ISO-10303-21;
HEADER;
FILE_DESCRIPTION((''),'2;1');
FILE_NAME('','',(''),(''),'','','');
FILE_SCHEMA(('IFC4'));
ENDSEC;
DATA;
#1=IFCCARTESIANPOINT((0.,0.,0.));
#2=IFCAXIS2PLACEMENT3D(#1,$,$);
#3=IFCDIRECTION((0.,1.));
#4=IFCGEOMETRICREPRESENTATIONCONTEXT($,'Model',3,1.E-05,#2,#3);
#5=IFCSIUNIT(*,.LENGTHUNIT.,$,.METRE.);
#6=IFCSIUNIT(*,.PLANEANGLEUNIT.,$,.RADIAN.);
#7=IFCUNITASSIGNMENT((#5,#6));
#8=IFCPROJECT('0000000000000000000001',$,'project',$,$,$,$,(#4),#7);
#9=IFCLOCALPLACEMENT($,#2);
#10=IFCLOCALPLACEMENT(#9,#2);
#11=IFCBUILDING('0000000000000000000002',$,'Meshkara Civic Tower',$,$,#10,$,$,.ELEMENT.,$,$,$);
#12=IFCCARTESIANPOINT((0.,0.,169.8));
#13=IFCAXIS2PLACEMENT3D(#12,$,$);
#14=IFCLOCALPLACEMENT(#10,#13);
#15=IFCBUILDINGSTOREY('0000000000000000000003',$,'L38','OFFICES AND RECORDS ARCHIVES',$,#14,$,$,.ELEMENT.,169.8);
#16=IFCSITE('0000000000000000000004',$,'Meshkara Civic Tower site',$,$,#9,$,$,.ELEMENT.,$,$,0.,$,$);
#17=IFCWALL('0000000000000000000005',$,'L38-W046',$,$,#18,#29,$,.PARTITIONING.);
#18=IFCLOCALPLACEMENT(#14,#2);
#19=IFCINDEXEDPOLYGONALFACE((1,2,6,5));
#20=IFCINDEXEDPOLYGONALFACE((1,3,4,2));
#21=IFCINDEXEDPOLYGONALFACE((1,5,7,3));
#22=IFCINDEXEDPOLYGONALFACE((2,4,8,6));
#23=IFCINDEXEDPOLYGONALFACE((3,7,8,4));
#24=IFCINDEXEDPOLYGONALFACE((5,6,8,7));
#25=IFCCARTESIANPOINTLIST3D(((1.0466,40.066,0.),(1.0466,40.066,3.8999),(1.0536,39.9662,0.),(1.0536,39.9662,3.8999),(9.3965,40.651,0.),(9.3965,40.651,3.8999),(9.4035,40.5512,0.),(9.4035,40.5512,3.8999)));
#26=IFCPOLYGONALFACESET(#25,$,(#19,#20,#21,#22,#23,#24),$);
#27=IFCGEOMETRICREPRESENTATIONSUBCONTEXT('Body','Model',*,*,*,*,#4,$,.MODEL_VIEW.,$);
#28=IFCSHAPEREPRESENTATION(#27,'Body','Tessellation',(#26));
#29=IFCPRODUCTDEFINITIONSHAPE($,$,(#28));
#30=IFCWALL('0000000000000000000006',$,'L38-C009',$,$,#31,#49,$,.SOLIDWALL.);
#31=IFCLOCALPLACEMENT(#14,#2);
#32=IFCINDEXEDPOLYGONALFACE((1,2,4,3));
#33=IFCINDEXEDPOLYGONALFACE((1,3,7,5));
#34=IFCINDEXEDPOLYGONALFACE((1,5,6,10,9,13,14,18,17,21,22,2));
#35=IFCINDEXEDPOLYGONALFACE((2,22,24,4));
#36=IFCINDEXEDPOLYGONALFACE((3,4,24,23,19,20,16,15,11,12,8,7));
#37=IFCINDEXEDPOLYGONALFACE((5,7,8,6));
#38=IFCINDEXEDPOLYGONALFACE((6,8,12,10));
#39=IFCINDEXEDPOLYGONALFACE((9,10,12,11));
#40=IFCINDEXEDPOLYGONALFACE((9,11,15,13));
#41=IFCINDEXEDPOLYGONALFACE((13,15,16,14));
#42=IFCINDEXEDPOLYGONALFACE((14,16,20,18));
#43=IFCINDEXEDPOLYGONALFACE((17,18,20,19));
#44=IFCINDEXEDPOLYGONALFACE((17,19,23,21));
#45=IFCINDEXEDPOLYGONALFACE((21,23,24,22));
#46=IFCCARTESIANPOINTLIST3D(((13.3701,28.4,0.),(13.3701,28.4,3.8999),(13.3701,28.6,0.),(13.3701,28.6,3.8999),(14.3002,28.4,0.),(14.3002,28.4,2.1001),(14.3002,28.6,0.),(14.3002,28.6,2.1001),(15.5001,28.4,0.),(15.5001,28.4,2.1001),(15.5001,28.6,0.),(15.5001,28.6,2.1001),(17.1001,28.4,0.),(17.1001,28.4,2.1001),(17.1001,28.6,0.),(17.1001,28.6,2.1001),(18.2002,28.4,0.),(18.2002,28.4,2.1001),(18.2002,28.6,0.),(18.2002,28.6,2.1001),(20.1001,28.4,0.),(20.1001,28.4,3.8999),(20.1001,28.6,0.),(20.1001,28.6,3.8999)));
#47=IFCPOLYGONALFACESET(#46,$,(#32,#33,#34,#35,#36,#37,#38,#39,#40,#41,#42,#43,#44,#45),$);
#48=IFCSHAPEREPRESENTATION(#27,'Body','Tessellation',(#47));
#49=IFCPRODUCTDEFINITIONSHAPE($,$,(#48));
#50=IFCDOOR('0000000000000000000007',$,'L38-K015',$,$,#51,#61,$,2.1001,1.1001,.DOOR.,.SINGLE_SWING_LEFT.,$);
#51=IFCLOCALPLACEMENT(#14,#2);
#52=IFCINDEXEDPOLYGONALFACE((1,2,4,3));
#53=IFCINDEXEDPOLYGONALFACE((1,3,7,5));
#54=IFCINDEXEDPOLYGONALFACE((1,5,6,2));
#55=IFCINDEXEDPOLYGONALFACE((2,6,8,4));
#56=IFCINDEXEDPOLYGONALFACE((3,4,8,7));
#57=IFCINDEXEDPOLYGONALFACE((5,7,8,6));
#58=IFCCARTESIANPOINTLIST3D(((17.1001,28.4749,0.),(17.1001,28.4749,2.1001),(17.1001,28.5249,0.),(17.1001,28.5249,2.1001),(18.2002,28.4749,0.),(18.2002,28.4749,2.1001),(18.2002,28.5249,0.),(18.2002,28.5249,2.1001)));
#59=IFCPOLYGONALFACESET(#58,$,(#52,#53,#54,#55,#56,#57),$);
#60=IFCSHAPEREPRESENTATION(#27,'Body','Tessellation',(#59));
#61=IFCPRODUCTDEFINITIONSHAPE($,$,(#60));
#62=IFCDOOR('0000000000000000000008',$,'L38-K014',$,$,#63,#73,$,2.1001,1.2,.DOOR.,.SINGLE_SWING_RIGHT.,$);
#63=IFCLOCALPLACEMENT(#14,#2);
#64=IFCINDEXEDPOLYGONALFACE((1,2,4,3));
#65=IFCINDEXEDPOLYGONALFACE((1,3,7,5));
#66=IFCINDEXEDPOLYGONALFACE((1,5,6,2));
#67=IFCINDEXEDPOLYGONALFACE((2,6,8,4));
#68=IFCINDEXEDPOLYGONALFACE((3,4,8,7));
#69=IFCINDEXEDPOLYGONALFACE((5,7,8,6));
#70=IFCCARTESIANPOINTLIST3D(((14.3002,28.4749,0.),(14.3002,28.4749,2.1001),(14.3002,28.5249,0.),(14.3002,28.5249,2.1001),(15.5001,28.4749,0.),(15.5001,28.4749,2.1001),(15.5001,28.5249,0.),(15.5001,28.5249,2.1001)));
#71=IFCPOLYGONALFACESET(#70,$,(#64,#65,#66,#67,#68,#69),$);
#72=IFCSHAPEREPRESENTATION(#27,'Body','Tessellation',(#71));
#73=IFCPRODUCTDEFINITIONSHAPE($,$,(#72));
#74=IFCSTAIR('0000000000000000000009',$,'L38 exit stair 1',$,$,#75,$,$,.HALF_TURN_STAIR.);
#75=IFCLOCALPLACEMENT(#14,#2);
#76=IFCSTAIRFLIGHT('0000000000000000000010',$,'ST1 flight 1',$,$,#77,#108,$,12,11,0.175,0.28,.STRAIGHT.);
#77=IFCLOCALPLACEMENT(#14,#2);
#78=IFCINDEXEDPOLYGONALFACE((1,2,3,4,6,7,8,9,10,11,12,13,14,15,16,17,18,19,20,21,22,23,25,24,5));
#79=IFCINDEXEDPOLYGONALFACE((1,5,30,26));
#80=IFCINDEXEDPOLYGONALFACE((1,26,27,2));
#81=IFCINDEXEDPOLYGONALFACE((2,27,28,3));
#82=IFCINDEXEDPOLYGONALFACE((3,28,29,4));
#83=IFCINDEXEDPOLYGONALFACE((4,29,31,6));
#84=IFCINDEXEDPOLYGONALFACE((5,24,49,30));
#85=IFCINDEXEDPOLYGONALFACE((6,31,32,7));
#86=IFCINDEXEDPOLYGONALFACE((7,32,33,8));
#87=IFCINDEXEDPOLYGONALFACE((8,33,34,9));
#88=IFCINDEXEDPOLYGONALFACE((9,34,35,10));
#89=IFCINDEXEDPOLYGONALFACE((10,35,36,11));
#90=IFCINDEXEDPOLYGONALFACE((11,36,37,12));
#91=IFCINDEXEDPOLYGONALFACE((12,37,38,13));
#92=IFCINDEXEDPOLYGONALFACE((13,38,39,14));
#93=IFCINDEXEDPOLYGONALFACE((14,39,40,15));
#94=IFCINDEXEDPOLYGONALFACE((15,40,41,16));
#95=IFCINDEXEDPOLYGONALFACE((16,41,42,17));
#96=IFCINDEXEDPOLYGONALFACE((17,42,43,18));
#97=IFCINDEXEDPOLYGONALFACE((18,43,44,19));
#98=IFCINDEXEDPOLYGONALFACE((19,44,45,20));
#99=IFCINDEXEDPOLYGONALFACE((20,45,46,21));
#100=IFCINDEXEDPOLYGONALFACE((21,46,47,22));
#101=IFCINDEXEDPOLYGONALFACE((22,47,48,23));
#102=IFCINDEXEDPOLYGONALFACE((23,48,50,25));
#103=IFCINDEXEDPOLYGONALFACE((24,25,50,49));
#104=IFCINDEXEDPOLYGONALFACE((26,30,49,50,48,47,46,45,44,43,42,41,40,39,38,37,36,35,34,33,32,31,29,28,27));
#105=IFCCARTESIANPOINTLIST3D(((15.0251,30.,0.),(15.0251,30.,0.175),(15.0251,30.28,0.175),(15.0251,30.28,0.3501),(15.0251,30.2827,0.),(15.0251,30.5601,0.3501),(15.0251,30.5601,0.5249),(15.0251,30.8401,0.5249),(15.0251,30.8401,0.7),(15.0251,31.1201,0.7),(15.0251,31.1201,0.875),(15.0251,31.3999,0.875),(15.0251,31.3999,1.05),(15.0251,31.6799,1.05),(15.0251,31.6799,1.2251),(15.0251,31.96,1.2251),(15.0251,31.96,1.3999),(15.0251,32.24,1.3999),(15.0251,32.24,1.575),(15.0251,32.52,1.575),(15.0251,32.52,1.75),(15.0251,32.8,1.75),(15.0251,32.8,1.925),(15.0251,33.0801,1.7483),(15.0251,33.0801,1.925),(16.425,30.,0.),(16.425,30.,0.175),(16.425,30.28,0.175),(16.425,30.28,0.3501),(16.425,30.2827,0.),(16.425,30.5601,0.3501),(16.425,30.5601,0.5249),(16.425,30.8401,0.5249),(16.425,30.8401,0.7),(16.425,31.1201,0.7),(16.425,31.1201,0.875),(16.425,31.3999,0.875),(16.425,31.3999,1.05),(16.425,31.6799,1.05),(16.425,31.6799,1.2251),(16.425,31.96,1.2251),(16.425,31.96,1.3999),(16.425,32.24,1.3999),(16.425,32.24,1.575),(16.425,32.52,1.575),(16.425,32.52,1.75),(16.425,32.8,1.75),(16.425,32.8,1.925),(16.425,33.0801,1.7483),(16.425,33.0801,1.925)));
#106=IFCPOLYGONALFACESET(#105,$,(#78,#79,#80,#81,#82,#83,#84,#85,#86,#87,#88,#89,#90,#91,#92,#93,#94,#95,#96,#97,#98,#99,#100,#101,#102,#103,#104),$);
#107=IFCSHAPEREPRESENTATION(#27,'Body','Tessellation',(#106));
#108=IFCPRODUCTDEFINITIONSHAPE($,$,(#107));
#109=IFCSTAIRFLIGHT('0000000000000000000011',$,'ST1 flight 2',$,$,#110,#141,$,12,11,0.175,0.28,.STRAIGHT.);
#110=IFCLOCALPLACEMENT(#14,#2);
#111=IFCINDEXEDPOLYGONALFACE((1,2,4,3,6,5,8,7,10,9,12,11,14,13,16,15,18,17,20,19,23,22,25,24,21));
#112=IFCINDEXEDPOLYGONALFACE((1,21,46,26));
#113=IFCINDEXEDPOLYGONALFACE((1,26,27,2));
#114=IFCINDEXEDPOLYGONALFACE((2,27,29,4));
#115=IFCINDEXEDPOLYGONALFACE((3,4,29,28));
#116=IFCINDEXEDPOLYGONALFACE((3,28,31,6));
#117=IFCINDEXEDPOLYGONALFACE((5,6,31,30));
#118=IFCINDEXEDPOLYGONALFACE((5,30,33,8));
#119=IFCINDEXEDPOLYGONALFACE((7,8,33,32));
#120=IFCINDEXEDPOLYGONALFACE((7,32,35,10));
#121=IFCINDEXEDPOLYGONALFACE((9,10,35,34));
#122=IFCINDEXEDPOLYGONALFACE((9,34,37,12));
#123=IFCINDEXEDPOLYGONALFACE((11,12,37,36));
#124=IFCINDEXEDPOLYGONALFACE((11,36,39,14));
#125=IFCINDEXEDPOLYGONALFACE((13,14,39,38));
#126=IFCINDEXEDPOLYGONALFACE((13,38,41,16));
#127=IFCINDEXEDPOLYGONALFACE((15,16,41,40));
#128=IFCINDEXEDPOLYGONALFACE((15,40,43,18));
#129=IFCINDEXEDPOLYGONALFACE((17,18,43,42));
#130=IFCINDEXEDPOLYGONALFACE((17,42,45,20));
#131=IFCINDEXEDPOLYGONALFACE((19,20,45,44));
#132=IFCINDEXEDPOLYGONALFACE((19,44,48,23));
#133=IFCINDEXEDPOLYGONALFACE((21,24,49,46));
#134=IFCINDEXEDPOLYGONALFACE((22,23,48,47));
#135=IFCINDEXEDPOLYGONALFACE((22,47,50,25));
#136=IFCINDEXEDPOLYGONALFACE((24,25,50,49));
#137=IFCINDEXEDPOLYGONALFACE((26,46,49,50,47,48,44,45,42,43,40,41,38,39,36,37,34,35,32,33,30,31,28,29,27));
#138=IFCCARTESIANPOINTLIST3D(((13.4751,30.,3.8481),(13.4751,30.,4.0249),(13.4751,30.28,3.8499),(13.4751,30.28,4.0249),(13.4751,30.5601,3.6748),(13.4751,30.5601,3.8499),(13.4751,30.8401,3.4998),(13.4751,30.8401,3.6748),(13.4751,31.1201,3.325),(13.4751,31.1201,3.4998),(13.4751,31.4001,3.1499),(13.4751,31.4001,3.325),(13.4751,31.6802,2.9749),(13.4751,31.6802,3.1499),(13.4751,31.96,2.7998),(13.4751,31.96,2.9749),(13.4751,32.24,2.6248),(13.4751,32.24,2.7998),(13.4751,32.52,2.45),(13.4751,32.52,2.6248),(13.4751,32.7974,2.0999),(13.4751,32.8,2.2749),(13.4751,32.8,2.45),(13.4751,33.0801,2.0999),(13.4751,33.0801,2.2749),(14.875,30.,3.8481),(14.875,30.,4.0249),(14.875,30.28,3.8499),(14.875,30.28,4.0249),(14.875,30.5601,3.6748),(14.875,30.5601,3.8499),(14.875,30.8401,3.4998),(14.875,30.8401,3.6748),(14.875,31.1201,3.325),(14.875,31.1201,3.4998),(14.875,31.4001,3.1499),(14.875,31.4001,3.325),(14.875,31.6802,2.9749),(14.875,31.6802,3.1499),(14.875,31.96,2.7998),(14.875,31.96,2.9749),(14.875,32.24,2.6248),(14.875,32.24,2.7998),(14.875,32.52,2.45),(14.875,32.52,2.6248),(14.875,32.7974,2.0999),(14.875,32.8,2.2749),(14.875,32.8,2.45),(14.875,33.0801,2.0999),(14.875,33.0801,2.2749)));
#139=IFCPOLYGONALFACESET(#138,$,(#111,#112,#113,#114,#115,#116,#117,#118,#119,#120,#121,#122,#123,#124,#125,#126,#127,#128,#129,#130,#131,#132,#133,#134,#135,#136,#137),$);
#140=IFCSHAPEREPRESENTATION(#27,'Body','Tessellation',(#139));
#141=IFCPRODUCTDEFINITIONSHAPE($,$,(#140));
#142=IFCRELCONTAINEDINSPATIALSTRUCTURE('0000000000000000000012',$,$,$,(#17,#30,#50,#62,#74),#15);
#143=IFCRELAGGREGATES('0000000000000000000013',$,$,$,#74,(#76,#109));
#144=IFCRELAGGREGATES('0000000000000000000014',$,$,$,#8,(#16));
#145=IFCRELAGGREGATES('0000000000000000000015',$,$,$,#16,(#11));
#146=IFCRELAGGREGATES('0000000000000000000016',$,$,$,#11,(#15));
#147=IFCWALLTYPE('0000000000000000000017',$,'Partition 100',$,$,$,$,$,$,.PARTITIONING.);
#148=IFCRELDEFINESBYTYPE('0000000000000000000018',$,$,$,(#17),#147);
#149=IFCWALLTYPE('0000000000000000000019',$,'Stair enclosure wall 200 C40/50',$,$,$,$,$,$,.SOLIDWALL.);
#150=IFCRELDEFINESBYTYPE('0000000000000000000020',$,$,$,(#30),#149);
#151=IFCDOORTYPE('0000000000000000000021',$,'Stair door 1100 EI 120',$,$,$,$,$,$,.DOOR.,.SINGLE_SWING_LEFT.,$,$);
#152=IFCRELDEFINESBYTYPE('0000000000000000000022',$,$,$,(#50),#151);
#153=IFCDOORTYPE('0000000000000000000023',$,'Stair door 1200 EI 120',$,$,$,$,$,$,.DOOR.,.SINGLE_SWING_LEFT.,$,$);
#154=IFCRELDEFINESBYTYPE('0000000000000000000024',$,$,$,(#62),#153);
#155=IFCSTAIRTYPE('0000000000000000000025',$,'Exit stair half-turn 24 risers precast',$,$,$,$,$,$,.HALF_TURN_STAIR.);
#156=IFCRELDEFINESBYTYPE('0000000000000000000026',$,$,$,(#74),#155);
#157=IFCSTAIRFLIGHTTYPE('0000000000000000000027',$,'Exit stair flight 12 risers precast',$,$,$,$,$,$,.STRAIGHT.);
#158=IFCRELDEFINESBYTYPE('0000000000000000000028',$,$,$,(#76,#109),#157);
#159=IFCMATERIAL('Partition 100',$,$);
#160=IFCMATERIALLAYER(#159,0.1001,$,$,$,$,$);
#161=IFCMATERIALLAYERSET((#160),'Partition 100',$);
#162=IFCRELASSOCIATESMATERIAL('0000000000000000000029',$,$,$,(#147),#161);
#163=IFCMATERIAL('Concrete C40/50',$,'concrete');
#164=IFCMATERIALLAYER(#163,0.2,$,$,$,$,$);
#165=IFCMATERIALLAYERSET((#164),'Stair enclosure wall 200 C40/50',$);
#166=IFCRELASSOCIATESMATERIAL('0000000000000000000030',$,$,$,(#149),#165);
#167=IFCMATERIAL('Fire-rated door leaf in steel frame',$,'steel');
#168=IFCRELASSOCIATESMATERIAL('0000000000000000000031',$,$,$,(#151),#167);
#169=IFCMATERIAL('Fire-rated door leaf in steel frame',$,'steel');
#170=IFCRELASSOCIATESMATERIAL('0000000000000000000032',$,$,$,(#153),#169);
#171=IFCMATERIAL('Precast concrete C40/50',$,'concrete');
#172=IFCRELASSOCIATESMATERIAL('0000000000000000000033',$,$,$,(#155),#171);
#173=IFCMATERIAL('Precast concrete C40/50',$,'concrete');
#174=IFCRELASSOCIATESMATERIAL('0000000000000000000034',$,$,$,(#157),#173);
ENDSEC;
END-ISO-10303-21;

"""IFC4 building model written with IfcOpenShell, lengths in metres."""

from ifc_helpers import new_model, si_unit, direction, frame, frame_2d, origin, place, context, subcontext, project, spatial, polyline, rectangle, outline, extrude, material, layer, layer_set, type_object, element, fill, aggregate, save


model = new_model("IFC4")

# Units and contexts
model_context = context("Model", 3, precision=1e-05, world=origin(), true_north=direction((0.0, 1.0)))
body_context = subcontext(model_context, "Body", "Model", "MODEL_VIEW")
ifc_project = project(units=[si_unit("LENGTHUNIT", "METRE"), si_unit("PLANEANGLEUNIT", "RADIAN")], contexts=[model_context])

# Site, building, storey
site_placement = place(None, origin())
site = spatial("IfcSite", under=ifc_project, at=site_placement, Name="Meshkara Civic Tower site", CompositionType="ELEMENT", RefElevation=0.0)
building_placement = place(site_placement, origin())
building = spatial("IfcBuilding", under=site, at=building_placement, Name="Meshkara Civic Tower", CompositionType="ELEMENT")
storey_placement = place(building_placement, frame((0.0, 0.0, 169.8)))
storey = spatial("IfcBuildingStorey", under=building, at=storey_placement, Name="L38", Description="OFFICES AND RECORDS ARCHIVES", CompositionType="ELEMENT", Elevation=169.8)

# Wall
ifc_material_1 = material(Name="Partition 100")
ifc_layer_1 = layer(ifc_material_1, 0.1001)
ifc_layer_set_1 = layer_set([ifc_layer_1], Name="Partition 100")
wall_type_1 = type_object("IfcWallType", Name="Partition 100", PredefinedType="PARTITIONING", material=ifc_layer_set_1)
wall_1_placement = place(storey_placement, frame((9.3999, 40.6011, 0.0), z_axis=(0.0, 0.0, 1.0), x_axis=(-0.997555, -0.069885, 0.0)))
element("IfcWall", 1, at=wall_1_placement, inside=storey, type_object=wall_type_1, Name="L38-W046", PredefinedType="PARTITIONING", context=body_context, shape_type="SweptSolid", body=[
    extrude(rectangle(XDim=8.3704, YDim=0.1001, at=frame_2d((4.1851, 0.0))), origin(), (0.0, 0.0, 1.0), 3.8999),
])

# Wall, openings, doors
ifc_material_2 = material(Name="Concrete C40/50", Category="concrete")
ifc_layer_2 = layer(ifc_material_2, 0.2)
ifc_layer_set_2 = layer_set([ifc_layer_2], Name="Stair enclosure wall 200 C40/50")
wall_type_2 = type_object("IfcWallType", Name="Stair enclosure wall 200 C40/50", PredefinedType="SOLIDWALL", material=ifc_layer_set_2)
wall_2_placement = place(storey_placement, frame((13.3701, 28.5, 0.0), z_axis=(0.0, 0.0, 1.0), x_axis=(1.0, 0.0, 0.0)))
wall_2 = element("IfcWall", 2, at=wall_2_placement, inside=storey, type_object=wall_type_2, Name="L38-C009", PredefinedType="SOLIDWALL", context=body_context, shape_type="SweptSolid", body=[
    extrude(rectangle(XDim=6.73, YDim=0.2, at=frame_2d((3.365, 0.0))), origin(), (0.0, 0.0, 1.0), 3.8999),
])
opening_1_placement = place(wall_2_placement, frame((0.9299, 0.0, 0.0)))
opening_1 = element("IfcOpeningElement", 3, at=opening_1_placement, cuts=wall_2, PredefinedType="OPENING", context=body_context, shape_type="SweptSolid", body=[
    extrude(rectangle(XDim=1.2, YDim=2.1001, at=frame_2d((0.6001, 1.05))), frame((0.0, 0.1099, 0.0), z_axis=(0.0, -1.0, 0.0), x_axis=(1.0, 0.0, 0.0)), (0.0, 0.0, 1.0), 0.22),
])
opening_2_placement = place(wall_2_placement, frame((3.73, 0.0, 0.0)))
opening_2 = element("IfcOpeningElement", 4, at=opening_2_placement, cuts=wall_2, PredefinedType="OPENING", context=body_context, shape_type="SweptSolid", body=[
    extrude(rectangle(XDim=1.1001, YDim=2.1001, at=frame_2d((0.55, 1.05))), frame((0.0, 0.1099, 0.0), z_axis=(0.0, -1.0, 0.0), x_axis=(1.0, 0.0, 0.0)), (0.0, 0.0, 1.0), 0.22),
])
ifc_material_3 = material(Name="Fire-rated door leaf in steel frame", Category="steel")
door_type_1 = type_object("IfcDoorType", Name="Stair door 1100 EI 120", OperationType="SINGLE_SWING_LEFT", PredefinedType="DOOR", material=ifc_material_3)
door_1_placement = place(opening_2_placement, origin())
door_1 = element("IfcDoor", 5, at=door_1_placement, inside=storey, type_object=door_type_1, Name="L38-K015", OperationType="SINGLE_SWING_LEFT", OverallHeight=2.1001, OverallWidth=1.1001, PredefinedType="DOOR", context=body_context, shape_type="SweptSolid", body=[
    extrude(rectangle(XDim=1.1001, YDim=2.1001, at=frame_2d((0.55, 1.05))), frame((0.0, 0.0249, 0.0), z_axis=(0.0, -1.0, 0.0), x_axis=(1.0, 0.0, 0.0)), (0.0, 0.0, 1.0), 0.05),
])
fill(opening_2, door_1)
ifc_material_4 = material(Name="Fire-rated door leaf in steel frame", Category="steel")
door_type_2 = type_object("IfcDoorType", Name="Stair door 1200 EI 120", OperationType="SINGLE_SWING_LEFT", PredefinedType="DOOR", material=ifc_material_4)
door_2_placement = place(opening_1_placement, origin())
door_2 = element("IfcDoor", 6, at=door_2_placement, inside=storey, type_object=door_type_2, Name="L38-K014", OperationType="SINGLE_SWING_RIGHT", OverallHeight=2.1001, OverallWidth=1.2, PredefinedType="DOOR", context=body_context, shape_type="SweptSolid", body=[
    extrude(rectangle(XDim=1.2, YDim=2.1001, at=frame_2d((0.6001, 1.05))), frame((0.0, 0.0249, 0.0), z_axis=(0.0, -1.0, 0.0), x_axis=(1.0, 0.0, 0.0)), (0.0, 0.0, 1.0), 0.05),
])
fill(opening_1, door_2)

# Stair, stair flights
ifc_material_5 = material(Name="Precast concrete C40/50", Category="concrete")
stair_type = type_object("IfcStairType", Name="Exit stair half-turn 24 risers precast", PredefinedType="HALF_TURN_STAIR", material=ifc_material_5)
stair_placement = place(storey_placement, origin())
stair = element("IfcStair", 7, at=stair_placement, inside=storey, type_object=stair_type, Name="L38 exit stair 1", PredefinedType="HALF_TURN_STAIR")
ifc_material_6 = material(Name="Precast concrete C40/50", Category="concrete")
stair_flight_type = type_object("IfcStairFlightType", Name="Exit stair flight 12 risers precast", PredefinedType="STRAIGHT", material=ifc_material_6)
stair_flight_1_placement = place(storey_placement, frame((15.7251, 30.0, 0.0), z_axis=(0.0, 0.0, 1.0), x_axis=(0.0, 1.0, 0.0)))
stair_flight_1 = element("IfcStairFlight", 8, at=stair_flight_1_placement, type_object=stair_flight_type, Name="ST1 flight 1", NumberOfRisers=12, NumberOfTreads=11, PredefinedType="STRAIGHT", RiserHeight=0.175, TreadLength=0.28, context=body_context, shape_type="SweptSolid", body=[
    extrude(outline(polyline([(0.0, 0.0), (0.0, 0.175), (0.28, 0.175), (0.28, 0.3501), (0.5601, 0.3501), (0.5601, 0.5249), (0.8401, 0.5249), (0.8401, 0.7), (1.1201, 0.7), (1.1201, 0.875), (1.3999, 0.875), (1.3999, 1.05), (1.6799, 1.05), (1.6799, 1.2251), (1.96, 1.2251), (1.96, 1.3999), (2.24, 1.3999), (2.24, 1.575), (2.52, 1.575), (2.52, 1.75), (2.8, 1.75), (2.8, 1.925), (3.0801, 1.925), (3.0801, 2.1001), (3.0801, 1.7483), (0.2827, 0.0), (0.0, 0.0)])), frame((0.0, 0.7, 0.0), z_axis=(0.0, -1.0, 0.0), x_axis=(1.0, 0.0, 0.0)), (0.0, 0.0, 1.0), 1.3999),
])
stair_flight_2_placement = place(storey_placement, frame((14.175, 33.0801, 2.0999), z_axis=(0.0, 0.0, 1.0), x_axis=(0.0, -1.0, 0.0)))
stair_flight_2 = element("IfcStairFlight", 9, at=stair_flight_2_placement, type_object=stair_flight_type, Name="ST1 flight 2", NumberOfRisers=12, NumberOfTreads=11, PredefinedType="STRAIGHT", RiserHeight=0.175, TreadLength=0.28, context=body_context, shape_type="SweptSolid", body=[
    extrude(outline(polyline([(0.0, 0.0), (0.0, 0.175), (0.28, 0.175), (0.28, 0.3501), (0.5601, 0.3501), (0.5601, 0.5249), (0.8401, 0.5249), (0.8401, 0.7), (1.1201, 0.7), (1.1201, 0.875), (1.3999, 0.875), (1.3999, 1.05), (1.6799, 1.05), (1.6799, 1.2251), (1.96, 1.2251), (1.96, 1.3999), (2.24, 1.3999), (2.24, 1.575), (2.52, 1.575), (2.52, 1.75), (2.8, 1.75), (2.8, 1.925), (3.0801, 1.925), (3.0801, 2.1001), (3.0801, 1.7483), (0.2827, 0.0), (0.0, 0.0)])), frame((0.0, 0.7, 0.0), z_axis=(0.0, -1.0, 0.0), x_axis=(1.0, 0.0, 0.0)), (0.0, 0.0, 1.0), 1.3999),
])
aggregate(stair, [stair_flight_1, stair_flight_2])

save(model, "model.ifc")
